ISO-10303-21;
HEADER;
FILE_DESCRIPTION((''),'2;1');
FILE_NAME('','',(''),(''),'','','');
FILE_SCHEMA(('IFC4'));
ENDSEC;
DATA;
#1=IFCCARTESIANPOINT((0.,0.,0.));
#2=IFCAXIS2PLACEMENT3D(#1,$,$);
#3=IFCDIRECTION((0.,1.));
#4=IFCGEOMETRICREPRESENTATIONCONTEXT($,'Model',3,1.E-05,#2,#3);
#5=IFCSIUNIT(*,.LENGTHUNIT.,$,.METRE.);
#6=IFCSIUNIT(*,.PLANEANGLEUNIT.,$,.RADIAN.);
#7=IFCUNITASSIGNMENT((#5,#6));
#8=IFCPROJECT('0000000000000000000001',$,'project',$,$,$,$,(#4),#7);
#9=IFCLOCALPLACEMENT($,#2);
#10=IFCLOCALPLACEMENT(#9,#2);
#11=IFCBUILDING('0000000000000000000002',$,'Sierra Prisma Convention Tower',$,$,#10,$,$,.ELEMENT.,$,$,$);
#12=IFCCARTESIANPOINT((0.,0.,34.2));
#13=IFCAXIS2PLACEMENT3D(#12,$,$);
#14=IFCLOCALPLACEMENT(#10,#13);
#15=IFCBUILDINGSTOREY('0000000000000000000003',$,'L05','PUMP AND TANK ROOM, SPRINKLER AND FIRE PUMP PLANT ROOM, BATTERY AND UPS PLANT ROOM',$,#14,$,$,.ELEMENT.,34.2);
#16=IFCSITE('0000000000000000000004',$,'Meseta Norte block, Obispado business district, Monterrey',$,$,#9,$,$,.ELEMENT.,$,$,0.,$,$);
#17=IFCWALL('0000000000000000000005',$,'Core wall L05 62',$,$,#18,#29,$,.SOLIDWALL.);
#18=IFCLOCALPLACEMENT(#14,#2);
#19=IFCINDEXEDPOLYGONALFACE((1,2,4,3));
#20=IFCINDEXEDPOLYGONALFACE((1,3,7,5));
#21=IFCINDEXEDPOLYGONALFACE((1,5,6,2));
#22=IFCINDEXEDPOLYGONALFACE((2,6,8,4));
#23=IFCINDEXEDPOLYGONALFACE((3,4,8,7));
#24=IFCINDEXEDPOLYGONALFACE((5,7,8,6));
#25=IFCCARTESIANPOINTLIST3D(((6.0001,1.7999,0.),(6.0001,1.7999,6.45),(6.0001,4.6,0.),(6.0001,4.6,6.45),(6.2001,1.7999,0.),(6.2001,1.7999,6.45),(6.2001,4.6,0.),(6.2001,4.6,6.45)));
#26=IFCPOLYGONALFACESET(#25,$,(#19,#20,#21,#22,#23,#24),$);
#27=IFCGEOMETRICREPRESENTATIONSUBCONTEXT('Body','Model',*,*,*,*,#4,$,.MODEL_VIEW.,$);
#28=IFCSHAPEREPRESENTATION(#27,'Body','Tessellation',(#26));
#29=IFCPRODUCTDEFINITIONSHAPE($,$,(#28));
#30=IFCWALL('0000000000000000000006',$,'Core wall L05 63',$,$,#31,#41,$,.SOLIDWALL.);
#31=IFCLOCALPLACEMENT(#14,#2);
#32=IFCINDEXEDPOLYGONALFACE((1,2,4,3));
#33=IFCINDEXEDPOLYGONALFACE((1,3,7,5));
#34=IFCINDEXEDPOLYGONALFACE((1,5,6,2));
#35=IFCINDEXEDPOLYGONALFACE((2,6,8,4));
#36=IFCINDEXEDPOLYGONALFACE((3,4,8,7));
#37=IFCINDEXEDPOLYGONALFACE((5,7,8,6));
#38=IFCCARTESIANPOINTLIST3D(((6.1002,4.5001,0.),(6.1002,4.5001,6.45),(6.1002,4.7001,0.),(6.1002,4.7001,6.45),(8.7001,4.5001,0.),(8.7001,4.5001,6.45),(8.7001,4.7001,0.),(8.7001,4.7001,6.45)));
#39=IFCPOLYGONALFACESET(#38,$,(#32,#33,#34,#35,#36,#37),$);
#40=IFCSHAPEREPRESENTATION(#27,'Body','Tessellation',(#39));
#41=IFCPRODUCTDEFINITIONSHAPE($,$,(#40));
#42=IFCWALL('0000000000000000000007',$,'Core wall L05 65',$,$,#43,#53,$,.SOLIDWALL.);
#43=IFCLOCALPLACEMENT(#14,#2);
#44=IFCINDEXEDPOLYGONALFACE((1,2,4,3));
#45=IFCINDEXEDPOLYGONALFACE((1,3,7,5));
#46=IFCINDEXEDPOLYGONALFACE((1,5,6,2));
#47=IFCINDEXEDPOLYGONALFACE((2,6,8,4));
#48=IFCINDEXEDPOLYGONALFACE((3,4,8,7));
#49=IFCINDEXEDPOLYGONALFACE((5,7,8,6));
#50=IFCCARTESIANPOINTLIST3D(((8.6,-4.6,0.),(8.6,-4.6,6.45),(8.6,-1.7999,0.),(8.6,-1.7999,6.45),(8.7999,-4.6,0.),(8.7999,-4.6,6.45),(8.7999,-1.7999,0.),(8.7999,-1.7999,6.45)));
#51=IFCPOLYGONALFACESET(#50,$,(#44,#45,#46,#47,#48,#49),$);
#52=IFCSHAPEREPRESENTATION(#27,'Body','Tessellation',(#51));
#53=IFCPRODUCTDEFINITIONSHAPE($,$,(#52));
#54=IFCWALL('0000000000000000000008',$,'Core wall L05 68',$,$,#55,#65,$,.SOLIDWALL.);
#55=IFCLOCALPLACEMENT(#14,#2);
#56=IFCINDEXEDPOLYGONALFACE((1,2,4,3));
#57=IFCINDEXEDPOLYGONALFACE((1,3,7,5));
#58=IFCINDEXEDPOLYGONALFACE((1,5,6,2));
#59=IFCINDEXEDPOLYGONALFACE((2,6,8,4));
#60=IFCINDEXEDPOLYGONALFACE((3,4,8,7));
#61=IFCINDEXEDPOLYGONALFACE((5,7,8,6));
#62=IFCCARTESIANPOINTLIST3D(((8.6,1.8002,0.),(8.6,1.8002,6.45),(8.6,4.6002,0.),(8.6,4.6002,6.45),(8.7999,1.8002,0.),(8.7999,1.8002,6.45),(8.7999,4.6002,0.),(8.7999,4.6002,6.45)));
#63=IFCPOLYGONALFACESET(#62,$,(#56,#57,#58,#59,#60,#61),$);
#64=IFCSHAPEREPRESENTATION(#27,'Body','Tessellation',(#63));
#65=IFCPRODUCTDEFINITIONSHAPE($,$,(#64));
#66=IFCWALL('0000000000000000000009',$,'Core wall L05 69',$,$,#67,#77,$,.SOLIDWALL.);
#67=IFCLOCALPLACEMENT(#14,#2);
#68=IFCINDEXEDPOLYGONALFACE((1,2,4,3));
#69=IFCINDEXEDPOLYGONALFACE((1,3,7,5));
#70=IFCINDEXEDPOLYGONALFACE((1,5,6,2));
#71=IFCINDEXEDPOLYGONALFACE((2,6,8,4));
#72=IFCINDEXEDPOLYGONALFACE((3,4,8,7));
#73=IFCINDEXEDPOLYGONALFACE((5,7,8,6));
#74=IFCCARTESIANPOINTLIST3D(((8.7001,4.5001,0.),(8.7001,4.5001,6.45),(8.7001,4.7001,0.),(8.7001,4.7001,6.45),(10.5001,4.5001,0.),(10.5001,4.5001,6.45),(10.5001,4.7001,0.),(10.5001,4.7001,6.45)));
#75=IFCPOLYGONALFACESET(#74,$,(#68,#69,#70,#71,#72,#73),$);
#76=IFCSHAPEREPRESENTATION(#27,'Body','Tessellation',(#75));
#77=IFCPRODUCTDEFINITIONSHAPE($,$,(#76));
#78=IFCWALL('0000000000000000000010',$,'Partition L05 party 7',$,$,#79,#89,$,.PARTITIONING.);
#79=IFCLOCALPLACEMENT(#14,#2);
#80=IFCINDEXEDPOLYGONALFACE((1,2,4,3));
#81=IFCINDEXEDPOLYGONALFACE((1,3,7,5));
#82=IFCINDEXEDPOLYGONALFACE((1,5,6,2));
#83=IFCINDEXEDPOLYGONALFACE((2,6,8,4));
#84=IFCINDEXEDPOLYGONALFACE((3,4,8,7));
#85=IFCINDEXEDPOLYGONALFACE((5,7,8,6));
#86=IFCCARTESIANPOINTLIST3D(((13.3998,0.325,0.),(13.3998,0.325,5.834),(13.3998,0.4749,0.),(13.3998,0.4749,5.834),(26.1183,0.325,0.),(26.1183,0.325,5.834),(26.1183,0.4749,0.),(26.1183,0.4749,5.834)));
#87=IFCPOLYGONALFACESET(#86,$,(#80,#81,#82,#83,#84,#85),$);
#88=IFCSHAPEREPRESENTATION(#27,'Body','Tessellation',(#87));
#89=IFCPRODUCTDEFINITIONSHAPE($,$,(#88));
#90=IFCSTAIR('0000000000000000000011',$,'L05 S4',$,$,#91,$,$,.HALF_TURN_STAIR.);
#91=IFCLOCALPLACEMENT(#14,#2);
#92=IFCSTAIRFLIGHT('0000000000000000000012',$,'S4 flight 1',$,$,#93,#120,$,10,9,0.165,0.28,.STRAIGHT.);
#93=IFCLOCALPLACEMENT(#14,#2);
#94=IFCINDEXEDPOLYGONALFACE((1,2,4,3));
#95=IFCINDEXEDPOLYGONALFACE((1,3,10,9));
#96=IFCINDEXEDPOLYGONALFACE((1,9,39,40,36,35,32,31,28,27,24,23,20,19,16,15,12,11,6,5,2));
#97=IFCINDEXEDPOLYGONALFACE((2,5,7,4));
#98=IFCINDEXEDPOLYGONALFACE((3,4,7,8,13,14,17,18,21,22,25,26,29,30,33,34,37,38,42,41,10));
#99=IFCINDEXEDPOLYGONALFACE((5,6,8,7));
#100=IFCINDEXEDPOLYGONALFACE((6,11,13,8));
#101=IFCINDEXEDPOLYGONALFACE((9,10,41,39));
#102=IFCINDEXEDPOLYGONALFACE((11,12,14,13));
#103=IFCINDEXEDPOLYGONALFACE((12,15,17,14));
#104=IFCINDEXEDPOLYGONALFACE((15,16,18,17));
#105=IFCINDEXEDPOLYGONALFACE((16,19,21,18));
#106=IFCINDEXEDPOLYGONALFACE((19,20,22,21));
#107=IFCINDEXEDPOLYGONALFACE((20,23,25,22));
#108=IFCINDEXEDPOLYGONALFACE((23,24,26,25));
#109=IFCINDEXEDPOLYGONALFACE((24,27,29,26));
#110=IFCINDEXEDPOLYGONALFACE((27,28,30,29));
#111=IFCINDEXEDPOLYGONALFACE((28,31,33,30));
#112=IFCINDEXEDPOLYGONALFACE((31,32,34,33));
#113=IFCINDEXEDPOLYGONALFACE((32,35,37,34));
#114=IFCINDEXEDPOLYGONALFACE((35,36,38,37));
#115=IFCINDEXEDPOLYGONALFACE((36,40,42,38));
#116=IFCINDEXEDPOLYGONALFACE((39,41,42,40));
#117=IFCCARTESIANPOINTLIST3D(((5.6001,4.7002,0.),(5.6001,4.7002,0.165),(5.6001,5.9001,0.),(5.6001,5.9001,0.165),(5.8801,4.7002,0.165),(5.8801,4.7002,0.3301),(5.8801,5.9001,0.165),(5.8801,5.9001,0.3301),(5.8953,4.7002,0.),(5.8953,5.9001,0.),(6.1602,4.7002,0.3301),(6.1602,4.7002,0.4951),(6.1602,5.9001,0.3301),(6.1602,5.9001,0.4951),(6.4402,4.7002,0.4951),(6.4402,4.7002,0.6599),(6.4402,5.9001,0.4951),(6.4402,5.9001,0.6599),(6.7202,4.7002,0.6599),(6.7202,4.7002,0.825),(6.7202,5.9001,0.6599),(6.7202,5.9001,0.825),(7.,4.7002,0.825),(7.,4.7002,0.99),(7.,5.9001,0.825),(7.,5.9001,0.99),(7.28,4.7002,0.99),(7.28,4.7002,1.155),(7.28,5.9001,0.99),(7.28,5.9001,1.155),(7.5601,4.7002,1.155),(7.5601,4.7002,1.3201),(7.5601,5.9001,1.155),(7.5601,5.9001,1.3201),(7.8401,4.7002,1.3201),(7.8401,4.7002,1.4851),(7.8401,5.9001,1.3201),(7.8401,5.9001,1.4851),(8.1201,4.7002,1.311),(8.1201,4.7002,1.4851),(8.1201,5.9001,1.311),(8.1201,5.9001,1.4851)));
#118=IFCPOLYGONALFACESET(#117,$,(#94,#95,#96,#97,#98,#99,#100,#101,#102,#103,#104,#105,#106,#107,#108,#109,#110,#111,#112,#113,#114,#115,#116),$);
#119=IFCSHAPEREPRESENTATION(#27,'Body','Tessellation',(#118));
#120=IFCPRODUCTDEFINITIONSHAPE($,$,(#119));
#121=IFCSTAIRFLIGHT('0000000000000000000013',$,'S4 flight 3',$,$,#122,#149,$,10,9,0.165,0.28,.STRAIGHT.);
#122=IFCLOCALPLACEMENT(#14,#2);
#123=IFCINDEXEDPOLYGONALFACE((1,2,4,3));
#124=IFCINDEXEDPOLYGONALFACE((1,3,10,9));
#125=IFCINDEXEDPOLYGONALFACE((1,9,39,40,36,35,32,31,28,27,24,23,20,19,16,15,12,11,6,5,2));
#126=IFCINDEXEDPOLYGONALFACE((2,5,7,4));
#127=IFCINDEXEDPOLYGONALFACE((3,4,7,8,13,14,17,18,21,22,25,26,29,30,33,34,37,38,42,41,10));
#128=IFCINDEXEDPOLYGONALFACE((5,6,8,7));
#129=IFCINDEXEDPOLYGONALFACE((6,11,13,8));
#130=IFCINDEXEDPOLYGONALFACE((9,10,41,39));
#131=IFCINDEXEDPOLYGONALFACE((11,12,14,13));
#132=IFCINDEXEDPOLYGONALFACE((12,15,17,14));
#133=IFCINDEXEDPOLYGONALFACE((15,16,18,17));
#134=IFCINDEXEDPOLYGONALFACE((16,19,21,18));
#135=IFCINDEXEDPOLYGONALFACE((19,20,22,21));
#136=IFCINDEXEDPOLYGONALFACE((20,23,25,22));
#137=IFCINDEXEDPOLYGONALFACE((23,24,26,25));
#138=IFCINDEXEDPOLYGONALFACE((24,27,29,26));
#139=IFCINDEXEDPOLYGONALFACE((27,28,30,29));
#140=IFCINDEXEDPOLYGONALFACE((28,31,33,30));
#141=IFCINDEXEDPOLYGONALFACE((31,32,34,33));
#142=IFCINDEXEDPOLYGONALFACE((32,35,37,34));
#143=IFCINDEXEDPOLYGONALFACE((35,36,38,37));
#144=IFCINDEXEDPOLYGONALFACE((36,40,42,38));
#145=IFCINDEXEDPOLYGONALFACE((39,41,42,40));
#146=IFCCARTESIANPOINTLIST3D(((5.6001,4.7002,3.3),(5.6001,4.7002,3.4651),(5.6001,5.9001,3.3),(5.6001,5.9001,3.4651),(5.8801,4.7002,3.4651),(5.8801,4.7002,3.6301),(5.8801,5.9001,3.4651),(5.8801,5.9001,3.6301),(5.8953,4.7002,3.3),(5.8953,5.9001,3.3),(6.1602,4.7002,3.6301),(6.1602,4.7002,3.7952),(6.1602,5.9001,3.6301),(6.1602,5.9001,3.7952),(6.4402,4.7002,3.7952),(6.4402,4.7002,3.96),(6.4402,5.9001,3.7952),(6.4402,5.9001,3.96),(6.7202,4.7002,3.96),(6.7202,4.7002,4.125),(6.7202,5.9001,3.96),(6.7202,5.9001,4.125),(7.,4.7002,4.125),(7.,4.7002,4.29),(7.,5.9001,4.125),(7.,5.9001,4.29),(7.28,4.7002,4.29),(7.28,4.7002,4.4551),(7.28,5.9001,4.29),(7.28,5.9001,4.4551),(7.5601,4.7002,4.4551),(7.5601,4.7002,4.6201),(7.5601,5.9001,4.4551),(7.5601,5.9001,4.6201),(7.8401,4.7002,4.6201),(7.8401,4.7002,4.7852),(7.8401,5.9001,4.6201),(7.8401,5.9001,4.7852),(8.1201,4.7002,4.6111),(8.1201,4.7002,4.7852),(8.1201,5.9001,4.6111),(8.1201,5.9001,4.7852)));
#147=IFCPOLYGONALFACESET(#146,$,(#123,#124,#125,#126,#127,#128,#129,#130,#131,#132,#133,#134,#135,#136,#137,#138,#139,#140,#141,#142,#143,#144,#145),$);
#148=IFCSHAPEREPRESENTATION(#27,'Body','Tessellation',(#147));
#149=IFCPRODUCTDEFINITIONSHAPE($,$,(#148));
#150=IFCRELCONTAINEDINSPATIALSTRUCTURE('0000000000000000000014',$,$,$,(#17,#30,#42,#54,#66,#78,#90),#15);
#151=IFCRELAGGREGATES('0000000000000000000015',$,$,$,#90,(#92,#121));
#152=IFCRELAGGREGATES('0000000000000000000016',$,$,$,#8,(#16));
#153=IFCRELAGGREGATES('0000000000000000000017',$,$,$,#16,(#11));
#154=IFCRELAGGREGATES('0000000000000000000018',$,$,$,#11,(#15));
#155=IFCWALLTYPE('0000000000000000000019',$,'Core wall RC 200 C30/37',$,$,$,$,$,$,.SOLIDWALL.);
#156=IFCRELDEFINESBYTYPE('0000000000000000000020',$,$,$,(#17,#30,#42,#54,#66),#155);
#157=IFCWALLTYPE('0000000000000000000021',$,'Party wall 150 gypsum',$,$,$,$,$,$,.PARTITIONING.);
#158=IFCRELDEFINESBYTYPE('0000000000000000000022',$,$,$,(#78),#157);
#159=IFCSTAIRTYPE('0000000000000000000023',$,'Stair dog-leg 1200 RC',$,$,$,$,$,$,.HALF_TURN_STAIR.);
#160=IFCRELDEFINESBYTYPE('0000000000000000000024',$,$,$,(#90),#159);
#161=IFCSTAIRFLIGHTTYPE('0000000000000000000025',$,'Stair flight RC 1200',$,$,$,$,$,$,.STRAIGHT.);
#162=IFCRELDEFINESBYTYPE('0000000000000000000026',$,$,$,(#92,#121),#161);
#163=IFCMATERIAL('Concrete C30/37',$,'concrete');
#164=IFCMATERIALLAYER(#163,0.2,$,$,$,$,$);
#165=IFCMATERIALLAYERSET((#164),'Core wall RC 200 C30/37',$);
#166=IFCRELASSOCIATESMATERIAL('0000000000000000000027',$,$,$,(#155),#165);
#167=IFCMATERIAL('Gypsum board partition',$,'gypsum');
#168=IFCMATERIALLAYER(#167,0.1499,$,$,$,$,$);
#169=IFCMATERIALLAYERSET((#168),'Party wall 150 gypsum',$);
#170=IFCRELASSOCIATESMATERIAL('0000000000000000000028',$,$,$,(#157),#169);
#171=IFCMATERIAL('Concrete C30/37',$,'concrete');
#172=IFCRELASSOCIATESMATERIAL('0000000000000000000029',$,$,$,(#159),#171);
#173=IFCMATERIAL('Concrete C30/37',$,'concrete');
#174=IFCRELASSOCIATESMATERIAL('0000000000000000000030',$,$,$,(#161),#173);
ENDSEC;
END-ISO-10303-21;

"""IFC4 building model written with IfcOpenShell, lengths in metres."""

from ifc_helpers import new_model, si_unit, direction, frame, frame_2d, origin, place, context, subcontext, project, spatial, polyline, rectangle, outline, extrude, material, layer, layer_set, type_object, element, aggregate, save


model = new_model("IFC4")

# Units and contexts
model_context = context("Model", 3, precision=1e-05, world=origin(), true_north=direction((0.0, 1.0)))
body_context = subcontext(model_context, "Body", "Model", "MODEL_VIEW")
ifc_project = project(units=[si_unit("LENGTHUNIT", "METRE"), si_unit("PLANEANGLEUNIT", "RADIAN")], contexts=[model_context])

# Site, building, storey
site_placement = place(None, origin())
site = spatial("IfcSite", under=ifc_project, at=site_placement, Name="Meseta Norte block, Obispado business district, Monterrey", CompositionType="ELEMENT", RefElevation=0.0)
building_placement = place(site_placement, origin())
building = spatial("IfcBuilding", under=site, at=building_placement, Name="Sierra Prisma Convention Tower", CompositionType="ELEMENT")
storey_placement = place(building_placement, frame((0.0, 0.0, 34.2)))
storey = spatial("IfcBuildingStorey", under=building, at=storey_placement, Name="L05", Description="PUMP AND TANK ROOM, SPRINKLER AND FIRE PUMP PLANT ROOM, BATTERY AND UPS PLANT ROOM", CompositionType="ELEMENT", Elevation=34.2)

# Walls
ifc_material_1 = material(Name="Concrete C30/37", Category="concrete")
ifc_layer_1 = layer(ifc_material_1, 0.2)
ifc_layer_set_1 = layer_set([ifc_layer_1], Name="Core wall RC 200 C30/37")
wall_type_1 = type_object("IfcWallType", Name="Core wall RC 200 C30/37", PredefinedType="SOLIDWALL", material=ifc_layer_set_1)
wall_1_placement = place(storey_placement, frame((6.1001, 1.8, 0.0), z_axis=(0.0, 0.0, 1.0), x_axis=(0.0, 1.0, 0.0)))
element("IfcWall", 1, at=wall_1_placement, inside=storey, type_object=wall_type_1, Name="Core wall L05 62", PredefinedType="SOLIDWALL", context=body_context, shape_type="SweptSolid", body=[
    extrude(rectangle(XDim=2.8, YDim=0.2, at=frame_2d((1.3999, 0.0))), origin(), (0.0, 0.0, 1.0), 6.45),
])
wall_2_placement = place(storey_placement, frame((8.7, 4.6001, 0.0), z_axis=(0.0, 0.0, 1.0), x_axis=(-1.0, 0.0, 0.0)))
element("IfcWall", 2, at=wall_2_placement, inside=storey, type_object=wall_type_1, Name="Core wall L05 63", PredefinedType="SOLIDWALL", context=body_context, shape_type="SweptSolid", body=[
    extrude(rectangle(XDim=2.5999, YDim=0.2, at=frame_2d((1.2998, 0.0))), origin(), (0.0, 0.0, 1.0), 6.45),
])
wall_3_placement = place(storey_placement, frame((8.7, -1.8, 0.0), z_axis=(0.0, 0.0, 1.0), x_axis=(0.0, -1.0, 0.0)))
element("IfcWall", 3, at=wall_3_placement, inside=storey, type_object=wall_type_1, Name="Core wall L05 65", PredefinedType="SOLIDWALL", context=body_context, shape_type="SweptSolid", body=[
    extrude(rectangle(XDim=2.8, YDim=0.2, at=frame_2d((1.3999, 0.0))), origin(), (0.0, 0.0, 1.0), 6.45),
])

# Walls
wall_4_placement = place(storey_placement, frame((8.7, 4.6001, 0.0), z_axis=(0.0, 0.0, 1.0), x_axis=(0.0, -1.0, 0.0)))
element("IfcWall", 4, at=wall_4_placement, inside=storey, type_object=wall_type_1, Name="Core wall L05 68", PredefinedType="SOLIDWALL", context=body_context, shape_type="SweptSolid", body=[
    extrude(rectangle(XDim=2.8, YDim=0.2, at=frame_2d((1.3999, 0.0))), origin(), (0.0, 0.0, 1.0), 6.45),
])
wall_5_placement = place(storey_placement, frame((10.5, 4.6001, 0.0), z_axis=(0.0, 0.0, 1.0), x_axis=(-1.0, 0.0, 0.0)))
element("IfcWall", 5, at=wall_5_placement, inside=storey, type_object=wall_type_1, Name="Core wall L05 69", PredefinedType="SOLIDWALL", context=body_context, shape_type="SweptSolid", body=[
    extrude(rectangle(XDim=1.8, YDim=0.2, at=frame_2d((0.8999, 0.0))), origin(), (0.0, 0.0, 1.0), 6.45),
])
ifc_material_2 = material(Name="Gypsum board partition", Category="gypsum")
ifc_layer_2 = layer(ifc_material_2, 0.1499)
ifc_layer_set_2 = layer_set([ifc_layer_2], Name="Party wall 150 gypsum")
wall_type_2 = type_object("IfcWallType", Name="Party wall 150 gypsum", PredefinedType="PARTITIONING", material=ifc_layer_set_2)
wall_6_placement = place(storey_placement, frame((26.1184, 0.3999, 0.0), z_axis=(0.0, 0.0, 1.0), x_axis=(-1.0, 0.0, 0.0)))
element("IfcWall", 6, at=wall_6_placement, inside=storey, type_object=wall_type_2, Name="Partition L05 party 7", PredefinedType="PARTITIONING", context=body_context, shape_type="SweptSolid", body=[
    extrude(rectangle(XDim=12.7185, YDim=0.1499, at=frame_2d((6.3594, 0.0))), origin(), (0.0, 0.0, 1.0), 5.834),
])

# Stair, stair flights
ifc_material_3 = material(Name="Concrete C30/37", Category="concrete")
stair_type = type_object("IfcStairType", Name="Stair dog-leg 1200 RC", PredefinedType="HALF_TURN_STAIR", material=ifc_material_3)
stair_placement = place(storey_placement, origin())
stair = element("IfcStair", 7, at=stair_placement, inside=storey, type_object=stair_type, Name="L05 S4", PredefinedType="HALF_TURN_STAIR")
ifc_material_4 = material(Name="Concrete C30/37", Category="concrete")
stair_flight_type = type_object("IfcStairFlightType", Name="Stair flight RC 1200", PredefinedType="STRAIGHT", material=ifc_material_4)
stair_flight_1_placement = place(storey_placement, frame((5.6001, 5.3, 0.0), z_axis=(0.0, 0.0, 1.0), x_axis=(1.0, 0.0, 0.0)))
stair_flight_1 = element("IfcStairFlight", 8, at=stair_flight_1_placement, type_object=stair_flight_type, Name="S4 flight 1", NumberOfRisers=10, NumberOfTreads=9, PredefinedType="STRAIGHT", RiserHeight=0.165, TreadLength=0.28, context=body_context, shape_type="SweptSolid", body=[
    extrude(outline(polyline([(0.0, 0.0), (0.0, 0.165), (0.28, 0.165), (0.28, 0.3301), (0.5601, 0.3301), (0.5601, 0.4951), (0.8401, 0.4951), (0.8401, 0.6599), (1.1201, 0.6599), (1.1201, 0.825), (1.3999, 0.825), (1.3999, 0.99), (1.6799, 0.99), (1.6799, 1.155), (1.96, 1.155), (1.96, 1.3201), (2.24, 1.3201), (2.24, 1.4851), (2.52, 1.4851), (2.52, 1.6499), (2.52, 1.311), (0.2952, 0.0), (0.0, 0.0)])), frame((0.0, 0.6001, 0.0), z_axis=(0.0, -1.0, 0.0), x_axis=(1.0, 0.0, 0.0)), (0.0, 0.0, 1.0), 1.2),
])
stair_flight_2_placement = place(storey_placement, frame((5.6001, 5.3, 3.3), z_axis=(0.0, 0.0, 1.0), x_axis=(1.0, 0.0, 0.0)))
stair_flight_2 = element("IfcStairFlight", 9, at=stair_flight_2_placement, type_object=stair_flight_type, Name="S4 flight 3", NumberOfRisers=10, NumberOfTreads=9, PredefinedType="STRAIGHT", RiserHeight=0.165, TreadLength=0.28, context=body_context, shape_type="SweptSolid", body=[
    extrude(outline(polyline([(0.0, 0.0), (0.0, 0.165), (0.28, 0.165), (0.28, 0.3301), (0.5601, 0.3301), (0.5601, 0.4951), (0.8401, 0.4951), (0.8401, 0.6599), (1.1201, 0.6599), (1.1201, 0.825), (1.3999, 0.825), (1.3999, 0.99), (1.6799, 0.99), (1.6799, 1.155), (1.96, 1.155), (1.96, 1.3201), (2.24, 1.3201), (2.24, 1.4851), (2.52, 1.4851), (2.52, 1.6499), (2.52, 1.311), (0.2952, 0.0), (0.0, 0.0)])), frame((0.0, 0.6001, 0.0), z_axis=(0.0, -1.0, 0.0), x_axis=(1.0, 0.0, 0.0)), (0.0, 0.0, 1.0), 1.2),
])
aggregate(stair, [stair_flight_1, stair_flight_2])

save(model, "model.ifc")
